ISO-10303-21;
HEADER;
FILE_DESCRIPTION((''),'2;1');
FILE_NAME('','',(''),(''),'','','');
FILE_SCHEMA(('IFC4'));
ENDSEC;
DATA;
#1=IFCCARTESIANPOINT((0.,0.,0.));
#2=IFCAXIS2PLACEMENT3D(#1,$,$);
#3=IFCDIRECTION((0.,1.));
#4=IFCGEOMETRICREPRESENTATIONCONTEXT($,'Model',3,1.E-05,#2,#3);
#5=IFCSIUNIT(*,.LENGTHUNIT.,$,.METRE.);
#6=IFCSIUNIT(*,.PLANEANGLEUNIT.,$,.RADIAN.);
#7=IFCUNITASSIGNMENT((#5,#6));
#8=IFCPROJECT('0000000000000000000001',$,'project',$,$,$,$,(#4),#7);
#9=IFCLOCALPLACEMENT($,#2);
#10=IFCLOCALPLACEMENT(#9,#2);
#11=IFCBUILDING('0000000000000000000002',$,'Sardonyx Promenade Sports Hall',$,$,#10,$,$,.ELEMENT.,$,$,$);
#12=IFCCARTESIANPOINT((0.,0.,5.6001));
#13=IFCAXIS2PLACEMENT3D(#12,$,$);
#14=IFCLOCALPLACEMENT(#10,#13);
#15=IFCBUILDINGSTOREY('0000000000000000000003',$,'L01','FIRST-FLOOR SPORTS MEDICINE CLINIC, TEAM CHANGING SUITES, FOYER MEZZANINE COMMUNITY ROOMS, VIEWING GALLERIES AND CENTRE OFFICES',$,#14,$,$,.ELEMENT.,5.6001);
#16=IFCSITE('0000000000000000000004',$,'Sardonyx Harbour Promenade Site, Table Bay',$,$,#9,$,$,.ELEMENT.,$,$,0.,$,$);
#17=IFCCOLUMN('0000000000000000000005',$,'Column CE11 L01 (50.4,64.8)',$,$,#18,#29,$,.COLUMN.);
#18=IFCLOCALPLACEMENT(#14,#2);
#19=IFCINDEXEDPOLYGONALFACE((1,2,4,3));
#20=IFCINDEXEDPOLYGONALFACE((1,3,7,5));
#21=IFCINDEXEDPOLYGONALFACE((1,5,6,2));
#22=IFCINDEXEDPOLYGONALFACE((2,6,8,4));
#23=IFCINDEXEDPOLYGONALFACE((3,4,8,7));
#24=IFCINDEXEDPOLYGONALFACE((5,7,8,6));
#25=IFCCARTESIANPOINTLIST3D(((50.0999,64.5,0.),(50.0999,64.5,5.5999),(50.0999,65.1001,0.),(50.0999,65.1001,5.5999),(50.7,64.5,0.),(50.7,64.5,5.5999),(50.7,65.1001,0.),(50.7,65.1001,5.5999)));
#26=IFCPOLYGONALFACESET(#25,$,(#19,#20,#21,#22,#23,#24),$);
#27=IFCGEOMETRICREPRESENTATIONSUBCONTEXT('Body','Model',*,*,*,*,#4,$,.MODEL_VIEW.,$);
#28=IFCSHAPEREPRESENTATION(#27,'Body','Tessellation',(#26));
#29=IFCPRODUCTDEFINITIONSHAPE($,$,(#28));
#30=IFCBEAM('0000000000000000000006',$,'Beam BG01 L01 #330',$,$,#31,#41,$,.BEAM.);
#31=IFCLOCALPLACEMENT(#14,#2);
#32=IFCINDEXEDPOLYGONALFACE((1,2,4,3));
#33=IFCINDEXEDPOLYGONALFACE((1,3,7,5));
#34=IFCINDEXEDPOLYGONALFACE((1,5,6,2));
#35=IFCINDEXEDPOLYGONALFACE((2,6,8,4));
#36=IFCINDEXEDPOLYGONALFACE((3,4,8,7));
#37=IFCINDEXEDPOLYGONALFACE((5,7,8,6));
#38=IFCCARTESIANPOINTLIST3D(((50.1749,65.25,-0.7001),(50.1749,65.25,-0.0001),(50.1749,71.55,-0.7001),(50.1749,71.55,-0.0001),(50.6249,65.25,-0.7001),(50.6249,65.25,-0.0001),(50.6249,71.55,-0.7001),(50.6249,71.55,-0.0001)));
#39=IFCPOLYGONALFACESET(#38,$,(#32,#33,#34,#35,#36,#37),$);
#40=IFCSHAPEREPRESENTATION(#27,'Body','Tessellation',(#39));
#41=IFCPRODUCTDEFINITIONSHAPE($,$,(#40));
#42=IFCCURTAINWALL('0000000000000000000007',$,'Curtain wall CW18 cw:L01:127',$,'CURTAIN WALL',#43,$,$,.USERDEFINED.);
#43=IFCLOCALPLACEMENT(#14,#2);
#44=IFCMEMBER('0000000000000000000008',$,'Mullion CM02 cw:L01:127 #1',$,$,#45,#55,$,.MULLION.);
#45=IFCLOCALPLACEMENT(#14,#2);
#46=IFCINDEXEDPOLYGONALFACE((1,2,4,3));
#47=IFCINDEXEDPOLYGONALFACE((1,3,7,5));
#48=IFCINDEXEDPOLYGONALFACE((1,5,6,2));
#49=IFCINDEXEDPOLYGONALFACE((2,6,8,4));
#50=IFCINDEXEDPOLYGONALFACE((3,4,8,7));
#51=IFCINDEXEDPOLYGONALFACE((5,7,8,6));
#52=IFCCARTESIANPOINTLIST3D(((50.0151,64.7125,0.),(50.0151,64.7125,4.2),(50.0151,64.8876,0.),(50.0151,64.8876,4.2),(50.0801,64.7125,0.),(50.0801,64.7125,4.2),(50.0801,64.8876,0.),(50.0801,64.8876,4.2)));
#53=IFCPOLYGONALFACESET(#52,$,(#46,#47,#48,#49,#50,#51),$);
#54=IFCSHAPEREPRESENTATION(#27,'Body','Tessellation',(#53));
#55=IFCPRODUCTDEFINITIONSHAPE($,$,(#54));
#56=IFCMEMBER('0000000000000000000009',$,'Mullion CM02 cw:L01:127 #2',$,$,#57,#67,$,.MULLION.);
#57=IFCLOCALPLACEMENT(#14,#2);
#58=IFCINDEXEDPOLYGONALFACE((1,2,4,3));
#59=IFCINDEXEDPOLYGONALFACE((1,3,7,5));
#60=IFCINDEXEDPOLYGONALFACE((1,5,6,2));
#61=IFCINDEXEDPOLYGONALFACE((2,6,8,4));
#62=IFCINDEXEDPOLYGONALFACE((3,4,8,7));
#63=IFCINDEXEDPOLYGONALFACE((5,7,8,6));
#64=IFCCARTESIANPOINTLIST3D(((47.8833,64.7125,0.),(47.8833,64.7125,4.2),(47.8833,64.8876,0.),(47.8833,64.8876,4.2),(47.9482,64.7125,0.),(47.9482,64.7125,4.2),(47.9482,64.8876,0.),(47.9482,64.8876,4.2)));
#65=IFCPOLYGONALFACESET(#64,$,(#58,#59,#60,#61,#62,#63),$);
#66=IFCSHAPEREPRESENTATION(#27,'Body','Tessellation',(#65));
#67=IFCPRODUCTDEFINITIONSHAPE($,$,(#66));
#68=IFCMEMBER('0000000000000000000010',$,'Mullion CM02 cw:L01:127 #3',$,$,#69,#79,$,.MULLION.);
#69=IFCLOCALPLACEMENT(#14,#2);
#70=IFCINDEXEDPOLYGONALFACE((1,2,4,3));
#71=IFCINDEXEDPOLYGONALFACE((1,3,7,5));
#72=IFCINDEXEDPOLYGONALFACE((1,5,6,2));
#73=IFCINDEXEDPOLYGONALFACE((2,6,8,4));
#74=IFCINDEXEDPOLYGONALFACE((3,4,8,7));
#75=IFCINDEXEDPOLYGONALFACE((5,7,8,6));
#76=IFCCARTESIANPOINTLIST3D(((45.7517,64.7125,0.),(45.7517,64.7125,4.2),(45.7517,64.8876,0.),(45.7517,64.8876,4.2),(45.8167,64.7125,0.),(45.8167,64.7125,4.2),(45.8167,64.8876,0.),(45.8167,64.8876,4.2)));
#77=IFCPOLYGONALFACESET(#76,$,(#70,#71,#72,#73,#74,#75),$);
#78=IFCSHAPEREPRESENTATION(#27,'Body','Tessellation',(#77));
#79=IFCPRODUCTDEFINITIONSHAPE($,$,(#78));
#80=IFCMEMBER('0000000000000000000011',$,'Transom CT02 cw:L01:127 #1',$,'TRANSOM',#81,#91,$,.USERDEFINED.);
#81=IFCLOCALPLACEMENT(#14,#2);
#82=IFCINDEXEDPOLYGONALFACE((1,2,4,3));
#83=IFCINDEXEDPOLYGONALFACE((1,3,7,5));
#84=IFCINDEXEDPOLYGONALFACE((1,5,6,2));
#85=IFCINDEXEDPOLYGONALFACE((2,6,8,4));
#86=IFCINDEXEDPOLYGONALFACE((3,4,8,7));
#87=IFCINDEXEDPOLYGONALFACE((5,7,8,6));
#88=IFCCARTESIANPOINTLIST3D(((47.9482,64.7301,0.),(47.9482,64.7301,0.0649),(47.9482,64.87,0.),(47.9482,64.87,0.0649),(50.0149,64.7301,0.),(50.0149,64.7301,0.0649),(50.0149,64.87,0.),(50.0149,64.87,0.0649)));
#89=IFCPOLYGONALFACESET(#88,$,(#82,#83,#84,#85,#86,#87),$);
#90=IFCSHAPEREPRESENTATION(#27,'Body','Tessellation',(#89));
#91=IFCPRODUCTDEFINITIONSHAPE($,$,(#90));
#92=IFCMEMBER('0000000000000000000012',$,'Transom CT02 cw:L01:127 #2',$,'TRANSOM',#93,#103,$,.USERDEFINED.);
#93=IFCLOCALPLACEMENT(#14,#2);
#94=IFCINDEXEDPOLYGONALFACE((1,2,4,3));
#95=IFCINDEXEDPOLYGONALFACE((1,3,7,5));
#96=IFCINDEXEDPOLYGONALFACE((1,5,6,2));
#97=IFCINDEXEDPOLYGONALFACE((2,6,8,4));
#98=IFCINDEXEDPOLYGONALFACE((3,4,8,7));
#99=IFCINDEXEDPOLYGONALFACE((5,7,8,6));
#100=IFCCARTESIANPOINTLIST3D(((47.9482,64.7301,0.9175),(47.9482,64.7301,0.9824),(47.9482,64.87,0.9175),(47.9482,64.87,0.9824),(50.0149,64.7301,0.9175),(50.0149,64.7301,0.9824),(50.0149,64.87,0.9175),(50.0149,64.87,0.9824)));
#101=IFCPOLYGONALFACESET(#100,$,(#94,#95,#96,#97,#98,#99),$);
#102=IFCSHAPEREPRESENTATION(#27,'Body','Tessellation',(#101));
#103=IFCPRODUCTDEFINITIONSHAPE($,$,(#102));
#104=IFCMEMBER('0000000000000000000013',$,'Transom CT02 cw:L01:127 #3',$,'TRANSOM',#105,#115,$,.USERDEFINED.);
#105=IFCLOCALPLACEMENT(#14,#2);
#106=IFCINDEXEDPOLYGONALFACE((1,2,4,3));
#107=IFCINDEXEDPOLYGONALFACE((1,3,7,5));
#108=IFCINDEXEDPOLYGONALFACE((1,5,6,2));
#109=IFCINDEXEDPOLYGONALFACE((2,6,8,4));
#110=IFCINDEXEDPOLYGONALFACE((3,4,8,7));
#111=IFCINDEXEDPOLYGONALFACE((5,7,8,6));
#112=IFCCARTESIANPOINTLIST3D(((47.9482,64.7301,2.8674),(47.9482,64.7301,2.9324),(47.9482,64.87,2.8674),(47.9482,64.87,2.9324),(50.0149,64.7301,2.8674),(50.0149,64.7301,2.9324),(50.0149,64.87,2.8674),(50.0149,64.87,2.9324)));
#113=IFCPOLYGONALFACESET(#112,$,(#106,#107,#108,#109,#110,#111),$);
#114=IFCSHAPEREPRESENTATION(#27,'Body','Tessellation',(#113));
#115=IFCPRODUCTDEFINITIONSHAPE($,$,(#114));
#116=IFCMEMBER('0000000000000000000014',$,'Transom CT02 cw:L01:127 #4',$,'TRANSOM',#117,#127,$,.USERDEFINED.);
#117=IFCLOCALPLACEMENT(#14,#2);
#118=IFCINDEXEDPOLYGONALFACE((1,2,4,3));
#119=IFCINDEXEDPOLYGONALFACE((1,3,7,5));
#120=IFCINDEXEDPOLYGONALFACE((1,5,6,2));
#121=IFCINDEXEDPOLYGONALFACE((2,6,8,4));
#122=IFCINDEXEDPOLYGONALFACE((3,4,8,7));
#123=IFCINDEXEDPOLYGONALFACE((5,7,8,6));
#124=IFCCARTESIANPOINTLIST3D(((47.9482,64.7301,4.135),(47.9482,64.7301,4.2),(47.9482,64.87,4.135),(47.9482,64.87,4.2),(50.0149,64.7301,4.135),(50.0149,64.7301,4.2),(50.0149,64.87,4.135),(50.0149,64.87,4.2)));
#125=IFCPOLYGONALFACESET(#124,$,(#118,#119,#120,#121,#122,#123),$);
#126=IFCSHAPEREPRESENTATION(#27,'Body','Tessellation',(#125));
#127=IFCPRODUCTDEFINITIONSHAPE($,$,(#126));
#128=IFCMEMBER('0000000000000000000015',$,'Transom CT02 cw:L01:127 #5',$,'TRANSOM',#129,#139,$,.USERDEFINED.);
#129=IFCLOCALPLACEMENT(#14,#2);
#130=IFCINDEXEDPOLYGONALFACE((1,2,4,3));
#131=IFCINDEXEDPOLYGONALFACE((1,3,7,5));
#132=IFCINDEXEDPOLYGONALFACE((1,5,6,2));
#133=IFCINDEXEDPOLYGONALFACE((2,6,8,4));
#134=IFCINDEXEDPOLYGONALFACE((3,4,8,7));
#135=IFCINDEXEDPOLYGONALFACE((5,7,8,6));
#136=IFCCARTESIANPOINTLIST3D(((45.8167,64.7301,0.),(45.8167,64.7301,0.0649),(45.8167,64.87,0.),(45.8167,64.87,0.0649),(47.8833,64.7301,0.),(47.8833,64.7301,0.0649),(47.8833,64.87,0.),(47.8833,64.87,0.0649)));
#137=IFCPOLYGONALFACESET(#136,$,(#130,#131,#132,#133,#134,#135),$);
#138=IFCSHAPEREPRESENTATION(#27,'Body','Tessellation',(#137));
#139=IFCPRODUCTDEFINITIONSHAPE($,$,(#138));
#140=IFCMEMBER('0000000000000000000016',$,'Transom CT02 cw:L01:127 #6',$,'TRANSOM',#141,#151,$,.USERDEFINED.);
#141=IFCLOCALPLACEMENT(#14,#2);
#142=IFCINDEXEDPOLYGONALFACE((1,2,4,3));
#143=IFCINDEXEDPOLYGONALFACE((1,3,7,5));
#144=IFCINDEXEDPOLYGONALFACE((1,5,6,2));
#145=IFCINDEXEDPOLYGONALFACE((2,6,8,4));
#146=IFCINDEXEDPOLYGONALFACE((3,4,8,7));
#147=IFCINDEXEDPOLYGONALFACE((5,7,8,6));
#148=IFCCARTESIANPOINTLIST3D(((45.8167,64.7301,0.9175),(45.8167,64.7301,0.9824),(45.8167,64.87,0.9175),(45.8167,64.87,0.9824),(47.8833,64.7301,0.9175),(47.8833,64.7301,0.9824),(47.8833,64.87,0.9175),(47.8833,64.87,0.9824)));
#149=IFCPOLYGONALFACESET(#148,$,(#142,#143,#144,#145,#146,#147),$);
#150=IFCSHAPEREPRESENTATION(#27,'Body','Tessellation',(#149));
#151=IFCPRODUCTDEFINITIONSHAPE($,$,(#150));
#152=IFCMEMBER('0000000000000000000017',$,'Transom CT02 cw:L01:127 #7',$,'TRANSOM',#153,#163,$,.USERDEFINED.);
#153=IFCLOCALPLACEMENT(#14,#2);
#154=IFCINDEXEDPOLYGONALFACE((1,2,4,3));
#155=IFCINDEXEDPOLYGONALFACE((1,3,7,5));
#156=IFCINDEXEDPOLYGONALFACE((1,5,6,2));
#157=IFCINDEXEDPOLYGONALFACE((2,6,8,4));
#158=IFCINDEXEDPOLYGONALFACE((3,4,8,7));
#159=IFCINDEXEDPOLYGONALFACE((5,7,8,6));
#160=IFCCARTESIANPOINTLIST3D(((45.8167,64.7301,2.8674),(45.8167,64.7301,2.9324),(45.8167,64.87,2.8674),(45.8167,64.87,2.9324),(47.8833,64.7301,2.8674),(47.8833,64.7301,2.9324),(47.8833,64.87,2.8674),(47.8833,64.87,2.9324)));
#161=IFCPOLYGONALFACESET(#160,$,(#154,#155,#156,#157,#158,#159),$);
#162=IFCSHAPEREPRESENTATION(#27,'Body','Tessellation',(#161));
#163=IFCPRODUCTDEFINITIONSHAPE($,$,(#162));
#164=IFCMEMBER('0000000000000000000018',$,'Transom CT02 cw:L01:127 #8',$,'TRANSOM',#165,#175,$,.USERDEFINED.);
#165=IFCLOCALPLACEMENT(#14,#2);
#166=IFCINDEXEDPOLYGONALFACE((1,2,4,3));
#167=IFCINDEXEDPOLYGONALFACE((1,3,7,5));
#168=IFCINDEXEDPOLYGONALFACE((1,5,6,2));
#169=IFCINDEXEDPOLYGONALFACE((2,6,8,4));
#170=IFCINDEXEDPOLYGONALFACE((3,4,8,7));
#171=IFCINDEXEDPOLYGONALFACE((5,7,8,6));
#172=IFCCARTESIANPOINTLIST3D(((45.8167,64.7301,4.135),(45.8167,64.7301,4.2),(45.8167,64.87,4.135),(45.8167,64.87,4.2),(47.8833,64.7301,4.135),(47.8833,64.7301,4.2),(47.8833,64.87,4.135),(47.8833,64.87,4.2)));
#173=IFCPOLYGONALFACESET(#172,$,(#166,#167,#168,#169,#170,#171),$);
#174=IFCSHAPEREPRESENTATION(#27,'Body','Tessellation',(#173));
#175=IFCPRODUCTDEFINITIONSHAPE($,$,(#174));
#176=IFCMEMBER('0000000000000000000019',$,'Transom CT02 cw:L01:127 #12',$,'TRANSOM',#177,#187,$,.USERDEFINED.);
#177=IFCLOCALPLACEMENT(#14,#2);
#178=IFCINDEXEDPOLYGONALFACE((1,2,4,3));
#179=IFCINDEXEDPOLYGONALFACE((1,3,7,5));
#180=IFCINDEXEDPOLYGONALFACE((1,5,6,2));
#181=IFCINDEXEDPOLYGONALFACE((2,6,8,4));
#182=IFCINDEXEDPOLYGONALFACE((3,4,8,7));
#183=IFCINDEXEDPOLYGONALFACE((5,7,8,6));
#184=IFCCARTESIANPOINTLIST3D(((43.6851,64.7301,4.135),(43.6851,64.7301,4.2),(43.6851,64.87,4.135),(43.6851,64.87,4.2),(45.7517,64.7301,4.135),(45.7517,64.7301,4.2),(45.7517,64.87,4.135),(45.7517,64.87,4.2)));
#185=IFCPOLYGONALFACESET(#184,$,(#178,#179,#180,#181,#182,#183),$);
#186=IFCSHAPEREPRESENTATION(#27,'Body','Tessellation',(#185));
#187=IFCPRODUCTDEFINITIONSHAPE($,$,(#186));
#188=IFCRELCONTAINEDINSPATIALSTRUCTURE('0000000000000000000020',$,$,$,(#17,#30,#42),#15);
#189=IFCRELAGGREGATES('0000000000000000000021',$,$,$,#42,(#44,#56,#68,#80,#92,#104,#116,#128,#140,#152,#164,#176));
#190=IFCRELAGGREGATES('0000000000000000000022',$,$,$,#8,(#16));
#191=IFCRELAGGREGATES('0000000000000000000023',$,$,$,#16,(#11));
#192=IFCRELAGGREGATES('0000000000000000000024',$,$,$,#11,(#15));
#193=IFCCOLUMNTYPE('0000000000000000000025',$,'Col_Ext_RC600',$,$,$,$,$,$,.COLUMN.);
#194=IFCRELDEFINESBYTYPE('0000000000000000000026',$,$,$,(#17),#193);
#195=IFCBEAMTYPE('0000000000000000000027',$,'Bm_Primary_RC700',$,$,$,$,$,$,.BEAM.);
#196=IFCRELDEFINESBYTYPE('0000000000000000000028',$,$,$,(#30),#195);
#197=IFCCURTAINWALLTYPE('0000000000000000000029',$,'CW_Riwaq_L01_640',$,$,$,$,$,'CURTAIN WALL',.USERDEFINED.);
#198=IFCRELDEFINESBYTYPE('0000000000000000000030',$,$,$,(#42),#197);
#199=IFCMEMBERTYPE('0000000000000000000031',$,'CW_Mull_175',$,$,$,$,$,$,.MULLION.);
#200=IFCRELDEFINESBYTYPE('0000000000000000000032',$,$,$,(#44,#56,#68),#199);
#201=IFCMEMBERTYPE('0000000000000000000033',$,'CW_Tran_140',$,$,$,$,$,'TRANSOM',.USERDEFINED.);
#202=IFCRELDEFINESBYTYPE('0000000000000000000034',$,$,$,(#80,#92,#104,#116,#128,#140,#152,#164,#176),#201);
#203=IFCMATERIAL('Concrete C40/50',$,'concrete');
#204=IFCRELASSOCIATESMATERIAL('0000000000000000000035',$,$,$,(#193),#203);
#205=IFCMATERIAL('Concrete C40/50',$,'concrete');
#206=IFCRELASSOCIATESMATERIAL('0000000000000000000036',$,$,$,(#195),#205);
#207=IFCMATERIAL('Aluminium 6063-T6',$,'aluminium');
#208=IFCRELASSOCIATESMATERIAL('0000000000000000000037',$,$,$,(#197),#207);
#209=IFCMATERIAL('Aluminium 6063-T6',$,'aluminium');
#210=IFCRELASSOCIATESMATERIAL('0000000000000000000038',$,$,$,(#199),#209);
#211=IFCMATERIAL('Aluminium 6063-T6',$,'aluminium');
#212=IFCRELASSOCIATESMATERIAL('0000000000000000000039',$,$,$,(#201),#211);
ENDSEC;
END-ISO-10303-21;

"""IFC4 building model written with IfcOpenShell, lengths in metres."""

from ifc_helpers import new_model, si_unit, direction, frame, origin, origin_2d, place, context, subcontext, project, spatial, rectangle, extrude, material, material_profile, profile_set, type_object, element, aggregate, save


model = new_model("IFC4")

# Units and contexts
model_context = context("Model", 3, precision=1e-05, world=origin(), true_north=direction((0.0, 1.0)))
body_context = subcontext(model_context, "Body", "Model", "MODEL_VIEW")
ifc_project = project(units=[si_unit("LENGTHUNIT", "METRE"), si_unit("PLANEANGLEUNIT", "RADIAN")], contexts=[model_context])

# Site, building, storey
site_placement = place(None, origin())
site = spatial("IfcSite", under=ifc_project, at=site_placement, Name="Sardonyx Harbour Promenade Site, Table Bay", CompositionType="ELEMENT", RefElevation=0.0)
building_placement = place(site_placement, origin())
building = spatial("IfcBuilding", under=site, at=building_placement, Name="Sardonyx Promenade Sports Hall", CompositionType="ELEMENT")
storey_placement = place(building_placement, frame((0.0, 0.0, 5.6001)))
storey = spatial("IfcBuildingStorey", under=building, at=storey_placement, Name="L01", Description="FIRST-FLOOR SPORTS MEDICINE CLINIC, TEAM CHANGING SUITES, FOYER MEZZANINE COMMUNITY ROOMS, VIEWING GALLERIES AND CENTRE OFFICES", CompositionType="ELEMENT", Elevation=5.6001)

# Column
ifc_material_1 = material(Name="Concrete C40/50", Category="concrete")
ifc_material_profile_1 = material_profile(ifc_material_1, rectangle(XDim=0.6001, YDim=0.6001, at=origin_2d()))
ifc_profile_set_1 = profile_set([ifc_material_profile_1], Name="Concrete C40/50")
column_type = type_object("IfcColumnType", Name="Col_Ext_RC600", PredefinedType="COLUMN", material=ifc_profile_set_1)
column_placement = place(storey_placement, frame((50.3999, 64.8, 0.0), z_axis=(0.0, 0.0, 1.0), x_axis=(1.0, 0.0, 0.0)))
element("IfcColumn", 1, at=column_placement, inside=storey, type_object=column_type, Name="Column CE11 L01 (50.4,64.8)", PredefinedType="COLUMN", context=body_context, shape_type="SweptSolid", body=[
    extrude(rectangle(XDim=0.6001, YDim=0.6001, at=origin_2d()), origin(), (0.0, 0.0, 1.0), 5.5999),
])

# Beam
ifc_material_2 = material(Name="Concrete C40/50", Category="concrete")
ifc_material_profile_2 = material_profile(ifc_material_2, rectangle(XDim=0.45, YDim=0.7, at=origin_2d()))
ifc_profile_set_2 = profile_set([ifc_material_profile_2], Name="Concrete C40/50")
beam_type = type_object("IfcBeamType", Name="Bm_Primary_RC700", PredefinedType="BEAM", material=ifc_profile_set_2)
beam_placement = place(storey_placement, frame((50.3999, 65.25, -0.3501), z_axis=(0.0, 1.0, 0.0), x_axis=(-1.0, 0.0, 0.0)))
element("IfcBeam", 2, at=beam_placement, inside=storey, type_object=beam_type, Name="Beam BG01 L01 #330", PredefinedType="BEAM", context=body_context, shape_type="SweptSolid", body=[
    extrude(rectangle(XDim=0.45, YDim=0.7, at=origin_2d()), origin(), (0.0, 0.0, 1.0), 6.3),
])

# Curtain wall, members
ifc_material_3 = material(Name="Aluminium 6063-T6", Category="aluminium")
curtain_wall_type = type_object("IfcCurtainWallType", Name="CW_Riwaq_L01_640", ElementType="CURTAIN WALL", PredefinedType="USERDEFINED", material=ifc_material_3)
curtain_wall_placement = place(storey_placement, origin())
curtain_wall = element("IfcCurtainWall", 3, at=curtain_wall_placement, inside=storey, type_object=curtain_wall_type, Name="Curtain wall CW18 cw:L01:127", ObjectType="CURTAIN WALL", PredefinedType="USERDEFINED")
ifc_material_4 = material(Name="Aluminium 6063-T6", Category="aluminium")
ifc_material_profile_3 = material_profile(ifc_material_4, rectangle(XDim=0.0649, YDim=0.175, at=origin_2d()))
ifc_profile_set_3 = profile_set([ifc_material_profile_3], Name="Aluminium 6063-T6")
member_type_1 = type_object("IfcMemberType", Name="CW_Mull_175", PredefinedType="MULLION", material=ifc_profile_set_3)
member_1_placement = place(storey_placement, frame((50.0476, 64.8, 0.0), z_axis=(0.0, 0.0, 1.0), x_axis=(-1.0, 0.0, 0.0)))
member_1 = element("IfcMember", 4, at=member_1_placement, type_object=member_type_1, Name="Mullion CM02 cw:L01:127 #1", PredefinedType="MULLION", context=body_context, shape_type="SweptSolid", body=[
    extrude(rectangle(XDim=0.0649, YDim=0.175, at=origin_2d()), origin(), (0.0, 0.0, 1.0), 4.2),
])
member_2_placement = place(storey_placement, frame((47.9158, 64.8, 0.0), z_axis=(0.0, 0.0, 1.0), x_axis=(-1.0, 0.0, 0.0)))
member_2 = element("IfcMember", 5, at=member_2_placement, type_object=member_type_1, Name="Mullion CM02 cw:L01:127 #2", PredefinedType="MULLION", context=body_context, shape_type="SweptSolid", body=[
    extrude(rectangle(XDim=0.0649, YDim=0.175, at=origin_2d()), origin(), (0.0, 0.0, 1.0), 4.2),
])
member_3_placement = place(storey_placement, frame((45.7842, 64.8, 0.0), z_axis=(0.0, 0.0, 1.0), x_axis=(-1.0, 0.0, 0.0)))
member_3 = element("IfcMember", 6, at=member_3_placement, type_object=member_type_1, Name="Mullion CM02 cw:L01:127 #3", PredefinedType="MULLION", context=body_context, shape_type="SweptSolid", body=[
    extrude(rectangle(XDim=0.0649, YDim=0.175, at=origin_2d()), origin(), (0.0, 0.0, 1.0), 4.2),
])
ifc_material_5 = material(Name="Aluminium 6063-T6", Category="aluminium")
ifc_material_profile_4 = material_profile(ifc_material_5, rectangle(XDim=0.0649, YDim=0.1399, at=origin_2d()))
ifc_profile_set_4 = profile_set([ifc_material_profile_4], Name="Aluminium 6063-T6")
member_type_2 = type_object("IfcMemberType", Name="CW_Tran_140", ElementType="TRANSOM", PredefinedType="USERDEFINED", material=ifc_profile_set_4)
member_4_placement = place(storey_placement, frame((50.0149, 64.8, 0.0325), z_axis=(-1.0, 0.0, 0.0), x_axis=(0.0, 0.0, 1.0)))
member_4 = element("IfcMember", 7, at=member_4_placement, type_object=member_type_2, Name="Transom CT02 cw:L01:127 #1", ObjectType="TRANSOM", PredefinedType="USERDEFINED", context=body_context, shape_type="SweptSolid", body=[
    extrude(rectangle(XDim=0.0649, YDim=0.1399, at=origin_2d()), origin(), (0.0, 0.0, 1.0), 2.0667),
])
member_5_placement = place(storey_placement, frame((50.0149, 64.8, 0.95), z_axis=(-1.0, 0.0, 0.0), x_axis=(0.0, 0.0, 1.0)))
member_5 = element("IfcMember", 8, at=member_5_placement, type_object=member_type_2, Name="Transom CT02 cw:L01:127 #2", ObjectType="TRANSOM", PredefinedType="USERDEFINED", context=body_context, shape_type="SweptSolid", body=[
    extrude(rectangle(XDim=0.0649, YDim=0.1399, at=origin_2d()), origin(), (0.0, 0.0, 1.0), 2.0667),
])
member_6_placement = place(storey_placement, frame((50.0149, 64.8, 2.8999), z_axis=(-1.0, 0.0, 0.0), x_axis=(0.0, 0.0, 1.0)))
member_6 = element("IfcMember", 9, at=member_6_placement, type_object=member_type_2, Name="Transom CT02 cw:L01:127 #3", ObjectType="TRANSOM", PredefinedType="USERDEFINED", context=body_context, shape_type="SweptSolid", body=[
    extrude(rectangle(XDim=0.0649, YDim=0.1399, at=origin_2d()), origin(), (0.0, 0.0, 1.0), 2.0667),
])
member_7_placement = place(storey_placement, frame((50.0149, 64.8, 4.1675), z_axis=(-1.0, 0.0, 0.0), x_axis=(0.0, 0.0, 1.0)))
member_7 = element("IfcMember", 10, at=member_7_placement, type_object=member_type_2, Name="Transom CT02 cw:L01:127 #4", ObjectType="TRANSOM", PredefinedType="USERDEFINED", context=body_context, shape_type="SweptSolid", body=[
    extrude(rectangle(XDim=0.0649, YDim=0.1399, at=origin_2d()), origin(), (0.0, 0.0, 1.0), 2.0667),
])
member_8_placement = place(storey_placement, frame((47.8833, 64.8, 0.0325), z_axis=(-1.0, 0.0, 0.0), x_axis=(0.0, 0.0, 1.0)))
member_8 = element("IfcMember", 11, at=member_8_placement, type_object=member_type_2, Name="Transom CT02 cw:L01:127 #5", ObjectType="TRANSOM", PredefinedType="USERDEFINED", context=body_context, shape_type="SweptSolid", body=[
    extrude(rectangle(XDim=0.0649, YDim=0.1399, at=origin_2d()), origin(), (0.0, 0.0, 1.0), 2.0667),
])
member_9_placement = place(storey_placement, frame((47.8833, 64.8, 0.95), z_axis=(-1.0, 0.0, 0.0), x_axis=(0.0, 0.0, 1.0)))
member_9 = element("IfcMember", 12, at=member_9_placement, type_object=member_type_2, Name="Transom CT02 cw:L01:127 #6", ObjectType="TRANSOM", PredefinedType="USERDEFINED", context=body_context, shape_type="SweptSolid", body=[
    extrude(rectangle(XDim=0.0649, YDim=0.1399, at=origin_2d()), origin(), (0.0, 0.0, 1.0), 2.0667),
])
member_10_placement = place(storey_placement, frame((47.8833, 64.8, 2.8999), z_axis=(-1.0, 0.0, 0.0), x_axis=(0.0, 0.0, 1.0)))
member_10 = element("IfcMember", 13, at=member_10_placement, type_object=member_type_2, Name="Transom CT02 cw:L01:127 #7", ObjectType="TRANSOM", PredefinedType="USERDEFINED", context=body_context, shape_type="SweptSolid", body=[
    extrude(rectangle(XDim=0.0649, YDim=0.1399, at=origin_2d()), origin(), (0.0, 0.0, 1.0), 2.0667),
])
member_11_placement = place(storey_placement, frame((47.8833, 64.8, 4.1675), z_axis=(-1.0, 0.0, 0.0), x_axis=(0.0, 0.0, 1.0)))
member_11 = element("IfcMember", 14, at=member_11_placement, type_object=member_type_2, Name="Transom CT02 cw:L01:127 #8", ObjectType="TRANSOM", PredefinedType="USERDEFINED", context=body_context, shape_type="SweptSolid", body=[
    extrude(rectangle(XDim=0.0649, YDim=0.1399, at=origin_2d()), origin(), (0.0, 0.0, 1.0), 2.0667),
])
member_12_placement = place(storey_placement, frame((45.7517, 64.8, 4.1675), z_axis=(-1.0, 0.0, 0.0), x_axis=(0.0, 0.0, 1.0)))
member_12 = element("IfcMember", 15, at=member_12_placement, type_object=member_type_2, Name="Transom CT02 cw:L01:127 #12", ObjectType="TRANSOM", PredefinedType="USERDEFINED", context=body_context, shape_type="SweptSolid", body=[
    extrude(rectangle(XDim=0.0649, YDim=0.1399, at=origin_2d()), origin(), (0.0, 0.0, 1.0), 2.0667),
])
aggregate(curtain_wall, [member_1, member_2, member_3, member_4, member_5, member_6, member_7, member_8, member_9, member_10, member_11, member_12])

save(model, "model.ifc")
